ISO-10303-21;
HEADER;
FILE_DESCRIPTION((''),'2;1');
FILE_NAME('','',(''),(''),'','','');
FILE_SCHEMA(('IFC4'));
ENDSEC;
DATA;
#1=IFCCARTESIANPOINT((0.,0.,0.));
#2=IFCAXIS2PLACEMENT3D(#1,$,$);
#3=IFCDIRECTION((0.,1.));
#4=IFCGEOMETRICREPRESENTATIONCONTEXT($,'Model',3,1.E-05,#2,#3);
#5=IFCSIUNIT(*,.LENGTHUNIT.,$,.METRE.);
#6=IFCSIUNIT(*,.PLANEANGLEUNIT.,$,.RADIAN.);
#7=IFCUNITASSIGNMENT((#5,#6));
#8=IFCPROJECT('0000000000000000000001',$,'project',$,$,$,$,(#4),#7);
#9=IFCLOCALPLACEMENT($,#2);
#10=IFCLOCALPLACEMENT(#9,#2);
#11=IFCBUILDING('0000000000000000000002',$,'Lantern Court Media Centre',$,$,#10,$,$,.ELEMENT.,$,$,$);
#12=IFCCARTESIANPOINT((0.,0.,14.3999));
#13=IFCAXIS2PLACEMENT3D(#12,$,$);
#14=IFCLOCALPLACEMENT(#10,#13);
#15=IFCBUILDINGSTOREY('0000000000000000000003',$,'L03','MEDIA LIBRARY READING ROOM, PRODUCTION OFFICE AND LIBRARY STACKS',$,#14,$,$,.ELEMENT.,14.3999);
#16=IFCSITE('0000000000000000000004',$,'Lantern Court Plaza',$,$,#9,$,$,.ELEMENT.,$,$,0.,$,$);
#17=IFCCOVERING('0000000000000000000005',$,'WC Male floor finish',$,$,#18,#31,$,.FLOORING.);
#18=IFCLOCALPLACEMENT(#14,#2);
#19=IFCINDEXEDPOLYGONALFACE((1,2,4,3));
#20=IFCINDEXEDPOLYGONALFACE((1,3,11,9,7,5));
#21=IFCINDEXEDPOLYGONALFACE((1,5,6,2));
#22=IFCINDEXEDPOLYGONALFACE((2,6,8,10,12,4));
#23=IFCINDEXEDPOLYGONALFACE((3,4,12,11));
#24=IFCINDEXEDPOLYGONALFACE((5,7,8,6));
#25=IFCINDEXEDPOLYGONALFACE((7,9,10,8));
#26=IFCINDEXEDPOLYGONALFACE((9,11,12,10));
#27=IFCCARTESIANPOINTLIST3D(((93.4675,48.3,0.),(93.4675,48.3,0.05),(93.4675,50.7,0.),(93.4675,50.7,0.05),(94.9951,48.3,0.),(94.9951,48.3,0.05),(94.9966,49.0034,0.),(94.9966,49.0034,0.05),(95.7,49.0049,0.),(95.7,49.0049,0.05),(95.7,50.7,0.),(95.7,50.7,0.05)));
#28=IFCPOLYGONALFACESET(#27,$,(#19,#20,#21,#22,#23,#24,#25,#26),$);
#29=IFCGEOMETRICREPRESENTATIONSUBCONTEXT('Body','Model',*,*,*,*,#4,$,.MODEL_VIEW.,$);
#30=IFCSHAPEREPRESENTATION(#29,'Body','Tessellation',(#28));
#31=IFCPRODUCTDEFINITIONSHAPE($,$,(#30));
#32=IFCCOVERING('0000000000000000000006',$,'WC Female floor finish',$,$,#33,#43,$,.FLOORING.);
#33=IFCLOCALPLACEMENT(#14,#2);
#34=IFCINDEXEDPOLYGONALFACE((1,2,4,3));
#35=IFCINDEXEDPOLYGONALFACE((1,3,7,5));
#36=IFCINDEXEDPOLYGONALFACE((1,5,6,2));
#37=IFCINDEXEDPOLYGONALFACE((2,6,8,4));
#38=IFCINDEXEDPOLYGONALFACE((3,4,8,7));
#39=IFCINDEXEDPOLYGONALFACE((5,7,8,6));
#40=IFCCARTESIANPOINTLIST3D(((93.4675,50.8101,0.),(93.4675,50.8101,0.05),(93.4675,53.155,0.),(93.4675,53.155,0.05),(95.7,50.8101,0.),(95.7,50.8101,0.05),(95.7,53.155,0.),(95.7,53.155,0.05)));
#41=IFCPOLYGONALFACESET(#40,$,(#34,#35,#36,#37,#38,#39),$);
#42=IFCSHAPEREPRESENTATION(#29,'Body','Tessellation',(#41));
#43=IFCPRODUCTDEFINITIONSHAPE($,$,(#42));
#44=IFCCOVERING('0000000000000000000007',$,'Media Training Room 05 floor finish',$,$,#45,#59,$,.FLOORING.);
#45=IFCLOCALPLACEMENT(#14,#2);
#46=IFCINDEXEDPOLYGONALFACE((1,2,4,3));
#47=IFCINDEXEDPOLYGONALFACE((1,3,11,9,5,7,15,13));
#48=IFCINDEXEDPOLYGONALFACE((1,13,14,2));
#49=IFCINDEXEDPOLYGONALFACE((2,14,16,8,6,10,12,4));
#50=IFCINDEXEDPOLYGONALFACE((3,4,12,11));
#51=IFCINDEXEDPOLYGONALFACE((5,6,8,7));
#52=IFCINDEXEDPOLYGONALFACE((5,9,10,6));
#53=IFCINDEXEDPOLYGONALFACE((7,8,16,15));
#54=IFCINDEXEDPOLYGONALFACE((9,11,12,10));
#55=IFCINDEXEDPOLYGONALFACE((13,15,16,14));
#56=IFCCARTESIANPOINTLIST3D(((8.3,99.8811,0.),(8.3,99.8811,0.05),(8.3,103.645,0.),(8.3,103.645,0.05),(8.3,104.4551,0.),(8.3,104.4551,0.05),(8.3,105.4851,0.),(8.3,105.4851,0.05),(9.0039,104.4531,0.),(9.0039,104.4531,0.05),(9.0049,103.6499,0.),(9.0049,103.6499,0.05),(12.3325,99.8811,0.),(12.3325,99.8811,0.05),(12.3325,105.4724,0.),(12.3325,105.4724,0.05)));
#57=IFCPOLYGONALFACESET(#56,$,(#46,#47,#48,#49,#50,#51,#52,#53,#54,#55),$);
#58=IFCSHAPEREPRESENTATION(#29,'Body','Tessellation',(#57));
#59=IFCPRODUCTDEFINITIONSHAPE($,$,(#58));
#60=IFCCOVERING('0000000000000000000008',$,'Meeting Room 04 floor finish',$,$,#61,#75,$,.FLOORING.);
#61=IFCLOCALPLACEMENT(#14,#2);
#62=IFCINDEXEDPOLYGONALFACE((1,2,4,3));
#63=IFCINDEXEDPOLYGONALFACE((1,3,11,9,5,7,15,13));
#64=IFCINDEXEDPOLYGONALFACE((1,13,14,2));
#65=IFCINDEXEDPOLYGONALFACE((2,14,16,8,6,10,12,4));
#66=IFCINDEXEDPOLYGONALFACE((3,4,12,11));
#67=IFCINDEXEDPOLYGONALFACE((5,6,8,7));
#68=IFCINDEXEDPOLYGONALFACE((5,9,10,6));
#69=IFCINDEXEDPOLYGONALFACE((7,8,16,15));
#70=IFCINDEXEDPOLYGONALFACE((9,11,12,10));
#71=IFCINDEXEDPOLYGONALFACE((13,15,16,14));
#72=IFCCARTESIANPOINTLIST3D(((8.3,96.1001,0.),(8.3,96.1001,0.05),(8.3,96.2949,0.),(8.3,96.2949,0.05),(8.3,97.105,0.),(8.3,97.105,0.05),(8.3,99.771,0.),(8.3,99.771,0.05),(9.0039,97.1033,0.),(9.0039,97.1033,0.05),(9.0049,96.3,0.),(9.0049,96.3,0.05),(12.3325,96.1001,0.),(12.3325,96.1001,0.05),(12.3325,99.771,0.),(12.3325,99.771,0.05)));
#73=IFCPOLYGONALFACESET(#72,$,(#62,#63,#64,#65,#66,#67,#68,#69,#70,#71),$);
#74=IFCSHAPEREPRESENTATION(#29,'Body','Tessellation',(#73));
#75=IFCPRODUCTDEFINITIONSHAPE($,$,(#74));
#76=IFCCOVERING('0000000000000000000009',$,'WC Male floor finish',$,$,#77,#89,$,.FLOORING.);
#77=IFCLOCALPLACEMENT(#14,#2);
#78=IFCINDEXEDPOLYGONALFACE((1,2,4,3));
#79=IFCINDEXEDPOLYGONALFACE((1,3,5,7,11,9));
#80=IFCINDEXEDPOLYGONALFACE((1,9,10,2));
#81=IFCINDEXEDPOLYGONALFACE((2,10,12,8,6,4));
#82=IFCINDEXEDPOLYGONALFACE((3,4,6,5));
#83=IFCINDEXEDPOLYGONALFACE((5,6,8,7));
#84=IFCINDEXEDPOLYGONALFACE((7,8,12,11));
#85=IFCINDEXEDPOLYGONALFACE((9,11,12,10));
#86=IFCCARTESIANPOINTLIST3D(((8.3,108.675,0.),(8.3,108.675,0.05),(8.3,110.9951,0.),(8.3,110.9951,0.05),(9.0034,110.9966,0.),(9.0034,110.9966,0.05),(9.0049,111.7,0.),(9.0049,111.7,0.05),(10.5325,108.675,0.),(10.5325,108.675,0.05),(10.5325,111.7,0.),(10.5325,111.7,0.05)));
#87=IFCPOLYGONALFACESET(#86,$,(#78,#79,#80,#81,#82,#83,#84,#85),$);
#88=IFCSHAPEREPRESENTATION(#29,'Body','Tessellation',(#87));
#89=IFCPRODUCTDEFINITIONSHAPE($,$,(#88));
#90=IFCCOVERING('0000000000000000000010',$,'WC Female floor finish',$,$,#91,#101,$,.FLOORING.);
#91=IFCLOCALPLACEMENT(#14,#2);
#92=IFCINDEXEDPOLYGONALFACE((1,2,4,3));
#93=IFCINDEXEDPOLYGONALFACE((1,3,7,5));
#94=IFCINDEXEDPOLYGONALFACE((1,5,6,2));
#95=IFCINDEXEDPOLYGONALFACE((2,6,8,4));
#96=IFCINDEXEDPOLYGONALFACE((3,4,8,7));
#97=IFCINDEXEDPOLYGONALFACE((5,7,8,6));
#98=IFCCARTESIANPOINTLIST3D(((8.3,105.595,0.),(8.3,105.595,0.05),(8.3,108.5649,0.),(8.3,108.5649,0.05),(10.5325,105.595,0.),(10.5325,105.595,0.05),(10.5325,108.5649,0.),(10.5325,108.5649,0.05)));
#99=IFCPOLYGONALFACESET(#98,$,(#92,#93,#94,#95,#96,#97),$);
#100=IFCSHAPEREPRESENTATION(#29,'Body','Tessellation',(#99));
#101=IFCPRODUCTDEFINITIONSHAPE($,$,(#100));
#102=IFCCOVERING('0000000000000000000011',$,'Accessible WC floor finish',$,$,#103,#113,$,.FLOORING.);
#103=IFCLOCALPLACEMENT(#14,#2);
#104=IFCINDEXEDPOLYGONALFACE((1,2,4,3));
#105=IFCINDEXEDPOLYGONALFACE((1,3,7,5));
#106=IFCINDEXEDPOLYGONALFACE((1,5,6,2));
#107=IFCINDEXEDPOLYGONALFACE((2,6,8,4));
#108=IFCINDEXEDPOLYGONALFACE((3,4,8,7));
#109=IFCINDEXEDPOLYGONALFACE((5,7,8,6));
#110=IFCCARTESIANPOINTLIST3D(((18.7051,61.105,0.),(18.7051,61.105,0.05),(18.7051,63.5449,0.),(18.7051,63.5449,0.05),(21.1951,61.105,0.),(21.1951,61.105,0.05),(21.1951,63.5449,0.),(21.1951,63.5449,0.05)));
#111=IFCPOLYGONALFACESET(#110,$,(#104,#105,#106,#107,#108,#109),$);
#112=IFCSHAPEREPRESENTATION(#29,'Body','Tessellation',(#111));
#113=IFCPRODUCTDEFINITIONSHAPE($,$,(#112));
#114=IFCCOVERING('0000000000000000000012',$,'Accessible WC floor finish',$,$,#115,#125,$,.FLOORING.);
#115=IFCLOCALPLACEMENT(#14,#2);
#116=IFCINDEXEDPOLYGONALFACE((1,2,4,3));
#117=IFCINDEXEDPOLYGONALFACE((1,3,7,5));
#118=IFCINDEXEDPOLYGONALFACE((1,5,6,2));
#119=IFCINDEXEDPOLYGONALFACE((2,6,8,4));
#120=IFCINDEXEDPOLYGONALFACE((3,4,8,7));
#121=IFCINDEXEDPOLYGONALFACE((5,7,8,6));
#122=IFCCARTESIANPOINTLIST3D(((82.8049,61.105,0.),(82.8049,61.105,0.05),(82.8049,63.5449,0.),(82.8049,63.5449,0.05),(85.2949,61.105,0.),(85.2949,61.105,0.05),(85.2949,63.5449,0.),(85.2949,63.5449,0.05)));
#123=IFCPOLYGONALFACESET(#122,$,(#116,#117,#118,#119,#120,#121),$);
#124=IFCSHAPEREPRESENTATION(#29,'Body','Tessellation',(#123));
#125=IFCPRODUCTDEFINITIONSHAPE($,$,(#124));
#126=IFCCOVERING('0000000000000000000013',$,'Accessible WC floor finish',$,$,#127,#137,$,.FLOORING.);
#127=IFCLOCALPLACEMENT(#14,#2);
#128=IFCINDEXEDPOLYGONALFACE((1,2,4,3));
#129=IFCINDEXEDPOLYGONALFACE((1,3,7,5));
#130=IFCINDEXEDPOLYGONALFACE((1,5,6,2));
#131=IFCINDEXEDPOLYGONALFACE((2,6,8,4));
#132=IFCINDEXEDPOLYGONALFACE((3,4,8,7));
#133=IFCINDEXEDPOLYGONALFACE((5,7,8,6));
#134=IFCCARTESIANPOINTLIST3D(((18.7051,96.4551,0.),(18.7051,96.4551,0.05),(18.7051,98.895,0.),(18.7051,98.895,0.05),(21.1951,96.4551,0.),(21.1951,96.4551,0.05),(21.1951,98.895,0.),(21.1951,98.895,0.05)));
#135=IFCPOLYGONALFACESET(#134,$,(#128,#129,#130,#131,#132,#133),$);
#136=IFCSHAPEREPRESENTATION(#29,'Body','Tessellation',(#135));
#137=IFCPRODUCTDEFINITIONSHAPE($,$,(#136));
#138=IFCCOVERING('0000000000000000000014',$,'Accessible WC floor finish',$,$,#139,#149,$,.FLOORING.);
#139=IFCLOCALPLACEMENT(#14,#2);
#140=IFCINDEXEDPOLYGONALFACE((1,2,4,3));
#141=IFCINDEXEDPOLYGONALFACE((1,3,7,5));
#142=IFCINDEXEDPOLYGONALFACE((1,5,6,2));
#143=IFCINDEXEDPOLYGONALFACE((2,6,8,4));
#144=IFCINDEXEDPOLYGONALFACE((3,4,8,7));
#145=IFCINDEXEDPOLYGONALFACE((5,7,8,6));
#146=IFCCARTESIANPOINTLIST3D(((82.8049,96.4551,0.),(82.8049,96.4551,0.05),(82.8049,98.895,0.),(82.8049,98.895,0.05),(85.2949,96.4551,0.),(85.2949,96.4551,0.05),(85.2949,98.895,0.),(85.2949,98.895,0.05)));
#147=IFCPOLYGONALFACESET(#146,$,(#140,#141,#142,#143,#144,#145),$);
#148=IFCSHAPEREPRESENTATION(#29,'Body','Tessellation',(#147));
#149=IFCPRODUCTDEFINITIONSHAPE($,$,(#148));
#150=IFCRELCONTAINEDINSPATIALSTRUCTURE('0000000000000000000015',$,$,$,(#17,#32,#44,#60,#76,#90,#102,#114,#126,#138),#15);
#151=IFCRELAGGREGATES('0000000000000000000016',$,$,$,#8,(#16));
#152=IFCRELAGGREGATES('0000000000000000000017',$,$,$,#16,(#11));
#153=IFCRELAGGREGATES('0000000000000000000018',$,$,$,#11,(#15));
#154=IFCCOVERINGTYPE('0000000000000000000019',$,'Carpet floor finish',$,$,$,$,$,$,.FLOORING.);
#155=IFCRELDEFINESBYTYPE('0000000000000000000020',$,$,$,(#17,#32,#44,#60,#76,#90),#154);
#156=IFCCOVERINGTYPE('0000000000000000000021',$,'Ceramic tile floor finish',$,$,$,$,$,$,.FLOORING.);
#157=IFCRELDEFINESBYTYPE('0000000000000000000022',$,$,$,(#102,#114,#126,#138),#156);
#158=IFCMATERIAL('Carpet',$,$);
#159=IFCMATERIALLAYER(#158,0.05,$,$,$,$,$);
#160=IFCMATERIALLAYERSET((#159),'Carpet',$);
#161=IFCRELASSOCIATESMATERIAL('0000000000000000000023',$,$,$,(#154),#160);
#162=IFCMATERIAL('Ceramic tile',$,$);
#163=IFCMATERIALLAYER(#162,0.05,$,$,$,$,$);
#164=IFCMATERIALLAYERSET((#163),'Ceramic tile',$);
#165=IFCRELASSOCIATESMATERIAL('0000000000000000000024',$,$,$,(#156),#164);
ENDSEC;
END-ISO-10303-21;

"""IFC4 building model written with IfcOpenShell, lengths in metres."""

from ifc_helpers import new_model, si_unit, direction, frame, origin, place, context, subcontext, project, spatial, polyline, outline, extrude, material, layer, layer_set, type_object, element, save


model = new_model("IFC4")

# Units and contexts
model_context = context("Model", 3, precision=1e-05, world=origin(), true_north=direction((0.0, 1.0)))
body_context = subcontext(model_context, "Body", "Model", "MODEL_VIEW")
ifc_project = project(units=[si_unit("LENGTHUNIT", "METRE"), si_unit("PLANEANGLEUNIT", "RADIAN")], contexts=[model_context])

# Site, building, storey
site_placement = place(None, origin())
site = spatial("IfcSite", under=ifc_project, at=site_placement, Name="Lantern Court Plaza", CompositionType="ELEMENT", RefElevation=0.0)
building_placement = place(site_placement, origin())
building = spatial("IfcBuilding", under=site, at=building_placement, Name="Lantern Court Media Centre", CompositionType="ELEMENT")
storey_placement = place(building_placement, frame((0.0, 0.0, 14.3999)))
storey = spatial("IfcBuildingStorey", under=building, at=storey_placement, Name="L03", Description="MEDIA LIBRARY READING ROOM, PRODUCTION OFFICE AND LIBRARY STACKS", CompositionType="ELEMENT", Elevation=14.3999)

# Coverings
ifc_material_1 = material(Name="Carpet")
ifc_layer_1 = layer(ifc_material_1, 0.05)
ifc_layer_set_1 = layer_set([ifc_layer_1], Name="Carpet")
covering_type_1 = type_object("IfcCoveringType", Name="Carpet floor finish", PredefinedType="FLOORING", material=ifc_layer_set_1)
covering_1_placement = place(storey_placement, origin())
element("IfcCovering", 1, at=covering_1_placement, inside=storey, type_object=covering_type_1, Name="WC Male floor finish", PredefinedType="FLOORING", context=body_context, shape_type="SweptSolid", body=[
    extrude(outline(polyline([(95.7, 49.0049), (94.9966, 49.0034), (94.9951, 48.3), (93.4675, 48.3), (93.4675, 50.7), (95.7, 50.7), (95.7, 49.0049)])), origin(), (0.0, 0.0, 1.0), 0.05),
])
covering_2_placement = place(storey_placement, origin())
element("IfcCovering", 2, at=covering_2_placement, inside=storey, type_object=covering_type_1, Name="WC Female floor finish", PredefinedType="FLOORING", context=body_context, shape_type="SweptSolid", body=[
    extrude(outline(polyline([(95.7, 50.8101), (93.4675, 50.8101), (93.4675, 53.155), (95.7, 53.155), (95.7, 50.8101)])), origin(), (0.0, 0.0, 1.0), 0.05),
])
covering_3_placement = place(storey_placement, origin())
element("IfcCovering", 3, at=covering_3_placement, inside=storey, type_object=covering_type_1, Name="Media Training Room 05 floor finish", PredefinedType="FLOORING", context=body_context, shape_type="SweptSolid", body=[
    extrude(outline(polyline([(8.3, 105.4851), (12.3325, 105.4724), (12.3325, 99.8811), (8.3, 99.8811), (8.3, 103.645), (9.0049, 103.6499), (9.0039, 104.4531), (8.3, 104.4551), (8.3, 105.4851)])), origin(), (0.0, 0.0, 1.0), 0.05),
])
covering_4_placement = place(storey_placement, origin())
element("IfcCovering", 4, at=covering_4_placement, inside=storey, type_object=covering_type_1, Name="Meeting Room 04 floor finish", PredefinedType="FLOORING", context=body_context, shape_type="SweptSolid", body=[
    extrude(outline(polyline([(8.3, 99.771), (12.3325, 99.771), (12.3325, 96.1001), (8.3, 96.1001), (8.3, 96.2949), (9.0049, 96.3), (9.0039, 97.1033), (8.3, 97.105), (8.3, 99.771)])), origin(), (0.0, 0.0, 1.0), 0.05),
])
covering_5_placement = place(storey_placement, origin())
element("IfcCovering", 5, at=covering_5_placement, inside=storey, type_object=covering_type_1, Name="WC Male floor finish", PredefinedType="FLOORING", context=body_context, shape_type="SweptSolid", body=[
    extrude(outline(polyline([(10.5325, 111.7), (10.5325, 108.675), (8.3, 108.675), (8.3, 110.9951), (9.0034, 110.9966), (9.0049, 111.7), (10.5325, 111.7)])), origin(), (0.0, 0.0, 1.0), 0.05),
])
covering_6_placement = place(storey_placement, origin())
element("IfcCovering", 6, at=covering_6_placement, inside=storey, type_object=covering_type_1, Name="WC Female floor finish", PredefinedType="FLOORING", context=body_context, shape_type="SweptSolid", body=[
    extrude(outline(polyline([(8.3, 108.5649), (10.5325, 108.5649), (10.5325, 105.595), (8.3, 105.595), (8.3, 108.5649)])), origin(), (0.0, 0.0, 1.0), 0.05),
])
ifc_material_2 = material(Name="Ceramic tile")
ifc_layer_2 = layer(ifc_material_2, 0.05)
ifc_layer_set_2 = layer_set([ifc_layer_2], Name="Ceramic tile")
covering_type_2 = type_object("IfcCoveringType", Name="Ceramic tile floor finish", PredefinedType="FLOORING", material=ifc_layer_set_2)
covering_7_placement = place(storey_placement, origin())
element("IfcCovering", 7, at=covering_7_placement, inside=storey, type_object=covering_type_2, Name="Accessible WC floor finish", PredefinedType="FLOORING", context=body_context, shape_type="SweptSolid", body=[
    extrude(outline(polyline([(21.1951, 63.5449), (21.1951, 61.105), (18.7051, 61.105), (18.7051, 63.5449), (21.1951, 63.5449)])), origin(), (0.0, 0.0, 1.0), 0.05),
])
covering_8_placement = place(storey_placement, origin())
element("IfcCovering", 8, at=covering_8_placement, inside=storey, type_object=covering_type_2, Name="Accessible WC floor finish", PredefinedType="FLOORING", context=body_context, shape_type="SweptSolid", body=[
    extrude(outline(polyline([(85.2949, 61.105), (82.8049, 61.105), (82.8049, 63.5449), (85.2949, 63.5449), (85.2949, 61.105)])), origin(), (0.0, 0.0, 1.0), 0.05),
])
covering_9_placement = place(storey_placement, origin())
element("IfcCovering", 9, at=covering_9_placement, inside=storey, type_object=covering_type_2, Name="Accessible WC floor finish", PredefinedType="FLOORING", context=body_context, shape_type="SweptSolid", body=[
    extrude(outline(polyline([(18.7051, 96.4551), (18.7051, 98.895), (21.1951, 98.895), (21.1951, 96.4551), (18.7051, 96.4551)])), origin(), (0.0, 0.0, 1.0), 0.05),
])
covering_10_placement = place(storey_placement, origin())
element("IfcCovering", 10, at=covering_10_placement, inside=storey, type_object=covering_type_2, Name="Accessible WC floor finish", PredefinedType="FLOORING", context=body_context, shape_type="SweptSolid", body=[
    extrude(outline(polyline([(85.2949, 96.4551), (82.8049, 96.4551), (82.8049, 98.895), (85.2949, 98.895), (85.2949, 96.4551)])), origin(), (0.0, 0.0, 1.0), 0.05),
])

save(model, "model.ifc")
